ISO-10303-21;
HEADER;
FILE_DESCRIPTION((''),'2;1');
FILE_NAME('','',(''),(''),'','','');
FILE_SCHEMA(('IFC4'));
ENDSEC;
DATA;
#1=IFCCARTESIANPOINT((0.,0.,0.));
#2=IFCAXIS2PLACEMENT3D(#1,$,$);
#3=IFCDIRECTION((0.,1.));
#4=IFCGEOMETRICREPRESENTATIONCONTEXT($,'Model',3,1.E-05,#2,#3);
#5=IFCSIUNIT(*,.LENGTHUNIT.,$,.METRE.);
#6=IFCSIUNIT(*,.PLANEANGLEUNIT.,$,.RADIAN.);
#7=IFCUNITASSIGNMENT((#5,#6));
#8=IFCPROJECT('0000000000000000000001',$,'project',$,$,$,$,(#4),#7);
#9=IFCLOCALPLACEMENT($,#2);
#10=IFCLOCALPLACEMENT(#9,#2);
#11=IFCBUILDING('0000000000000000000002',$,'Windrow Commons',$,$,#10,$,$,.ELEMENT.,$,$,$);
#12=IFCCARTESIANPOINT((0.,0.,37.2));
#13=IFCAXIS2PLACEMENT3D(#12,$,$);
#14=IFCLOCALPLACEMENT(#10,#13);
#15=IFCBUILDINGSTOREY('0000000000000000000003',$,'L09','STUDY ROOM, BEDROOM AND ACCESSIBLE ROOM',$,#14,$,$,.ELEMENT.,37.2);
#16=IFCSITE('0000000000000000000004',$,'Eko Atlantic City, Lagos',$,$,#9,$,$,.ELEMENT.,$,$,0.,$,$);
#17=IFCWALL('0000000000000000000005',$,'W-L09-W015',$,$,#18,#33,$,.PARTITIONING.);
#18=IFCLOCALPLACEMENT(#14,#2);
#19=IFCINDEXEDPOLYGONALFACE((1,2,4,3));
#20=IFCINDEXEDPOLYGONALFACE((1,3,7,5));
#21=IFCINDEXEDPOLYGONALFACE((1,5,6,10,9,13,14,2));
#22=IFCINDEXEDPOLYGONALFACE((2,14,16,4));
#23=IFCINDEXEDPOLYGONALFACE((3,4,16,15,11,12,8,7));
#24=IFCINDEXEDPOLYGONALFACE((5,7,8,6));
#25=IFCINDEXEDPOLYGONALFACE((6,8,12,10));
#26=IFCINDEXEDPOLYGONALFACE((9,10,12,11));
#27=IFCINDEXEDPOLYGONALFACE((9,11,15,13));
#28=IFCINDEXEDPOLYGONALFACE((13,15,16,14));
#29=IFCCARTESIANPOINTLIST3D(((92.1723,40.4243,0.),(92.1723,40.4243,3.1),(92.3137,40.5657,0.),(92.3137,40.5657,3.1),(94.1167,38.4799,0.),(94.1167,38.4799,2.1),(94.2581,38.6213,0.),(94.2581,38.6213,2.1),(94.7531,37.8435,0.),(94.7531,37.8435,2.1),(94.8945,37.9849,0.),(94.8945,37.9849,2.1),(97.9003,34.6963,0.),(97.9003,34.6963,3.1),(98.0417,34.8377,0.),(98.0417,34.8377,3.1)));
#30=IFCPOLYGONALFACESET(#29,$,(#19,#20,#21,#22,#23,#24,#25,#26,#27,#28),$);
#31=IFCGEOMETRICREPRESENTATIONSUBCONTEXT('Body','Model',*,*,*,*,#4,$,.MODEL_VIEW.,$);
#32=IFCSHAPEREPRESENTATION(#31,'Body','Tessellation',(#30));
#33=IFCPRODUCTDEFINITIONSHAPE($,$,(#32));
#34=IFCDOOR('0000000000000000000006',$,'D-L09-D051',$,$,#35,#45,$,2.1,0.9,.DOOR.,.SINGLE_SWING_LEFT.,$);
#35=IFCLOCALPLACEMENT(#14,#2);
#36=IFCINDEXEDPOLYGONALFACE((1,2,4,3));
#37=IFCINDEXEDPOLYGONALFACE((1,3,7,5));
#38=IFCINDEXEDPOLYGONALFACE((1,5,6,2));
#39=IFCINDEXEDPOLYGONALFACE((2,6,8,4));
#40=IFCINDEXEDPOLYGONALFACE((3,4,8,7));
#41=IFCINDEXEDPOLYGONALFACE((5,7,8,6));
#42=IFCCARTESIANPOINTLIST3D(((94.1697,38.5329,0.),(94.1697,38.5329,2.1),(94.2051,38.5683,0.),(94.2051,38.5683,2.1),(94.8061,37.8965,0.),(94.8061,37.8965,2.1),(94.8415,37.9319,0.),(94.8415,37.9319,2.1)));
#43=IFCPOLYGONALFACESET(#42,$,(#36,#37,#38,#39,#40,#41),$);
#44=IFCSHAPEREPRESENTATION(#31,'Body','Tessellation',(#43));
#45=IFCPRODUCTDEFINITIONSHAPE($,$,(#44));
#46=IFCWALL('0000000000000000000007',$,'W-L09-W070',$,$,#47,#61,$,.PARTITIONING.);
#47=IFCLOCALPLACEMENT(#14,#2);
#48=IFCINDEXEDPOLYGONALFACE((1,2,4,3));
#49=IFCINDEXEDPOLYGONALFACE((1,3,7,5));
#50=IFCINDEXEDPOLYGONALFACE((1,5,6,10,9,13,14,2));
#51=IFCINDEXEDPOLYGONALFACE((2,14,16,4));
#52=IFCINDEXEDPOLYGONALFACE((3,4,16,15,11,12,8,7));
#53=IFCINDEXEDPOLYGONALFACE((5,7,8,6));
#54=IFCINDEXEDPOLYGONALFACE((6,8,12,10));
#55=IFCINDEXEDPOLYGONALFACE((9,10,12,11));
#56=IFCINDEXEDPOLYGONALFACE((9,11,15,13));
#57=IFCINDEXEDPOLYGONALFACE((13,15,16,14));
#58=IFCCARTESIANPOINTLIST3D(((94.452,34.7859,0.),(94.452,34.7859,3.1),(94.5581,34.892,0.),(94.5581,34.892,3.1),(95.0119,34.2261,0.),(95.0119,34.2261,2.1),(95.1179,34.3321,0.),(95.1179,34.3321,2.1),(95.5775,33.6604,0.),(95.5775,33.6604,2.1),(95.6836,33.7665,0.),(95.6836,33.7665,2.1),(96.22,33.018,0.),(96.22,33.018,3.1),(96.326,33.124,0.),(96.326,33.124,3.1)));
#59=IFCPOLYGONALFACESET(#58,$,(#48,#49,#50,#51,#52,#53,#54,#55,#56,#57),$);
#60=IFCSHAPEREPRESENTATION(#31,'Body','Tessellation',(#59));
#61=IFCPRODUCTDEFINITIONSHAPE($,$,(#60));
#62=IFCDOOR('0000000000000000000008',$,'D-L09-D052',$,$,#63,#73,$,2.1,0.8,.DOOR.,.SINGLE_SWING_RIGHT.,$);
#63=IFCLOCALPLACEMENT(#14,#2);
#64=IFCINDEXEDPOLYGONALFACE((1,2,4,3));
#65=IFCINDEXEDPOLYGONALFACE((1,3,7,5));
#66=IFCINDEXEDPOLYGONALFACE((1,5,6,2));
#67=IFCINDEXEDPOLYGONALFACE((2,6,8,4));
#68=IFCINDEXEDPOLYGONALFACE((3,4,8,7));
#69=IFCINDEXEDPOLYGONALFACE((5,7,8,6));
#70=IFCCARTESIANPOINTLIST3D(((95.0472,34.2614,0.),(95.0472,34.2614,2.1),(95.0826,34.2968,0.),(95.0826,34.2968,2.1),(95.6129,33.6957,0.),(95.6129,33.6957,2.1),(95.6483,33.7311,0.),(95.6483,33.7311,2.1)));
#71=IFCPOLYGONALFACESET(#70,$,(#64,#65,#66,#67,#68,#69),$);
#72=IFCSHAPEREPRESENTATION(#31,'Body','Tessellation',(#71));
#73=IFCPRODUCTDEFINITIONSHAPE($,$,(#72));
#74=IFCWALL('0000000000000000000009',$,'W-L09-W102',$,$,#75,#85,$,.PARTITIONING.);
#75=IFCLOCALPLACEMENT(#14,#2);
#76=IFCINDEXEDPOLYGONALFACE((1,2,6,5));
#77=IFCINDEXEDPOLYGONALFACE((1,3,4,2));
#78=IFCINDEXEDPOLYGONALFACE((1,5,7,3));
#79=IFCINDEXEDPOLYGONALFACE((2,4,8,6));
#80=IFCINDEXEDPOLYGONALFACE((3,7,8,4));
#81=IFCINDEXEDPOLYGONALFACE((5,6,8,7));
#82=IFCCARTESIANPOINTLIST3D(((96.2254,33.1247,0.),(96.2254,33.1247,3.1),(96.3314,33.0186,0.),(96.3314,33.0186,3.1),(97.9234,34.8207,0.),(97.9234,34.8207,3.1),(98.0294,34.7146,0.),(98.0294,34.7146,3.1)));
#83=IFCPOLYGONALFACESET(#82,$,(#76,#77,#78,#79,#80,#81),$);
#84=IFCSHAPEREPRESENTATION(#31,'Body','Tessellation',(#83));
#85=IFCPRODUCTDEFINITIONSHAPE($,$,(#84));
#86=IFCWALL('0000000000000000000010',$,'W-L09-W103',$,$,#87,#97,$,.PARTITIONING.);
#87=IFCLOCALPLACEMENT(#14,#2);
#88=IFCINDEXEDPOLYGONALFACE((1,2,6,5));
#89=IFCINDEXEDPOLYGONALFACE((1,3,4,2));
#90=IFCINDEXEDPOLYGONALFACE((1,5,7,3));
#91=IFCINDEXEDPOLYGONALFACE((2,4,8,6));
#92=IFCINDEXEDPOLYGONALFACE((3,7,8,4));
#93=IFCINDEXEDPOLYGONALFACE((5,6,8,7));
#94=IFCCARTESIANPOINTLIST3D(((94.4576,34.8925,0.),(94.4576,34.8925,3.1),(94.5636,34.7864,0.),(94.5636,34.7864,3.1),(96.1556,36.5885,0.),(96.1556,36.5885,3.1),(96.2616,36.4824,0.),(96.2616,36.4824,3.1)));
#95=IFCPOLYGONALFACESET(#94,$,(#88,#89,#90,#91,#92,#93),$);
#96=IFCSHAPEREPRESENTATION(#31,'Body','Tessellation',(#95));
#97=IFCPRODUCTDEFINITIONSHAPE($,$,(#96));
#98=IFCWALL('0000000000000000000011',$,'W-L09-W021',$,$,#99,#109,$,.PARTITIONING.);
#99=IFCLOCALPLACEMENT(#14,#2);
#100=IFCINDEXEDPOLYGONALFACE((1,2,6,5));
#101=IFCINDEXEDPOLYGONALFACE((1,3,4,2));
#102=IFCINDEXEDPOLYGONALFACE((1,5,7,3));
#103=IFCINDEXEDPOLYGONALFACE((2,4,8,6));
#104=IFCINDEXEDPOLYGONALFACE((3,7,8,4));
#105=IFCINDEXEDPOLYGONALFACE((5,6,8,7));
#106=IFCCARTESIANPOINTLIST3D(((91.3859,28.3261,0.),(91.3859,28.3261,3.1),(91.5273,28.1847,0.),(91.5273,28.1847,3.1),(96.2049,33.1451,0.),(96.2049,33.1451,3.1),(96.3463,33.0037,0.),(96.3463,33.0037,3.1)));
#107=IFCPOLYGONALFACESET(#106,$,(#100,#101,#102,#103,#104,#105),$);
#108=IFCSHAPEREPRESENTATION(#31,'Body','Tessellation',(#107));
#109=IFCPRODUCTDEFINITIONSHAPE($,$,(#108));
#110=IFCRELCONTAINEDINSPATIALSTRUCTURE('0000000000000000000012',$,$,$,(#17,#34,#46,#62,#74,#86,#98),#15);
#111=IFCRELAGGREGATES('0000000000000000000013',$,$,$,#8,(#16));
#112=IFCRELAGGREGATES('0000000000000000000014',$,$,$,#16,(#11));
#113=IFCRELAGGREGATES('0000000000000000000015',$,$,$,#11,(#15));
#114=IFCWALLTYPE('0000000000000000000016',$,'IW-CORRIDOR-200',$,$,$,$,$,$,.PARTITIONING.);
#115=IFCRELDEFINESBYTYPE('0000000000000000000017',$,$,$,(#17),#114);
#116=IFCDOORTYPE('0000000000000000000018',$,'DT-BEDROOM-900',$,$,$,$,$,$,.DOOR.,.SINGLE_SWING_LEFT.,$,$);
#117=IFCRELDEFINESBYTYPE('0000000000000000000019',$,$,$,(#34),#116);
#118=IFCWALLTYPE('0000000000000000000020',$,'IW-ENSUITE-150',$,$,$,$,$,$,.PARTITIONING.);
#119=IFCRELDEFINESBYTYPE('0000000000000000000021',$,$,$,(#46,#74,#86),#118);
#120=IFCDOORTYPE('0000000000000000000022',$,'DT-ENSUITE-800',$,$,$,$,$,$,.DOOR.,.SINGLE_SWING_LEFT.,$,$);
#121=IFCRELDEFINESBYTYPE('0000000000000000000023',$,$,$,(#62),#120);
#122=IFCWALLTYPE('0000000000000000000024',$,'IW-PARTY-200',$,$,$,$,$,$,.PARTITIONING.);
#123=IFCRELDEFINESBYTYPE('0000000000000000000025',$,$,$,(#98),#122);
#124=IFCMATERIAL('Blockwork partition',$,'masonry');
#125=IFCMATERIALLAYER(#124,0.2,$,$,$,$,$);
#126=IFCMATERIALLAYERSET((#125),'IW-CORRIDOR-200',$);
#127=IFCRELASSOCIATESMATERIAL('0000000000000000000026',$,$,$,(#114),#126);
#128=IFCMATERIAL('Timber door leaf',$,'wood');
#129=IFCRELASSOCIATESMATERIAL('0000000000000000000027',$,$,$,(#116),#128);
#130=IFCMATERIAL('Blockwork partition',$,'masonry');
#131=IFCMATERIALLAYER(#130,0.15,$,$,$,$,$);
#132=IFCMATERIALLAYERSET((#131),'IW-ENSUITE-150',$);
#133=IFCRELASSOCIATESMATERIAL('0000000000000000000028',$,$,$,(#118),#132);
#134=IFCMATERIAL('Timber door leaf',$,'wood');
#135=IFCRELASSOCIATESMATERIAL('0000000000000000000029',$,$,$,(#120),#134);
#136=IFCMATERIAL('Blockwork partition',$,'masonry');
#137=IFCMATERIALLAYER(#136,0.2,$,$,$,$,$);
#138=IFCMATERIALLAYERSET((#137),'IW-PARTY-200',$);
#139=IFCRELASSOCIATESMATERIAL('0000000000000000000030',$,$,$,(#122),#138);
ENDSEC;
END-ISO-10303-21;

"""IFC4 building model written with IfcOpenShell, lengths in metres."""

from ifc_helpers import new_model, si_unit, direction, frame, frame_2d, origin, place, context, subcontext, project, spatial, rectangle, extrude, material, layer, layer_set, type_object, element, fill, save


model = new_model("IFC4")

# Units and contexts
model_context = context("Model", 3, precision=1e-05, world=origin(), true_north=direction((0.0, 1.0)))
body_context = subcontext(model_context, "Body", "Model", "MODEL_VIEW")
ifc_project = project(units=[si_unit("LENGTHUNIT", "METRE"), si_unit("PLANEANGLEUNIT", "RADIAN")], contexts=[model_context])

# Site, building, storey
site_placement = place(None, origin())
site = spatial("IfcSite", under=ifc_project, at=site_placement, Name="Eko Atlantic City, Lagos", CompositionType="ELEMENT", RefElevation=0.0)
building_placement = place(site_placement, origin())
building = spatial("IfcBuilding", under=site, at=building_placement, Name="Windrow Commons", CompositionType="ELEMENT")
storey_placement = place(building_placement, frame((0.0, 0.0, 37.2)))
storey = spatial("IfcBuildingStorey", under=building, at=storey_placement, Name="L09", Description="STUDY ROOM, BEDROOM AND ACCESSIBLE ROOM", CompositionType="ELEMENT", Elevation=37.2)

# Walls, openings, doors
ifc_material_1 = material(Name="Blockwork partition", Category="masonry")
ifc_layer_1 = layer(ifc_material_1, 0.2)
ifc_layer_set_1 = layer_set([ifc_layer_1], Name="IW-CORRIDOR-200")
wall_type_1 = type_object("IfcWallType", Name="IW-CORRIDOR-200", PredefinedType="PARTITIONING", material=ifc_layer_set_1)
wall_1_placement = place(storey_placement, frame((92.243, 40.495, 0.0), z_axis=(0.0, 0.0, 1.0), x_axis=(0.707107, -0.707107, 0.0)))
wall_1 = element("IfcWall", 1, at=wall_1_placement, inside=storey, type_object=wall_type_1, Name="W-L09-W015", PredefinedType="PARTITIONING", context=body_context, shape_type="SweptSolid", body=[
    extrude(rectangle(XDim=8.1006, YDim=0.2, at=frame_2d((4.0503, 0.0))), origin(), (0.0, 0.0, 1.0), 3.1),
])
opening_1_placement = place(wall_1_placement, frame((2.7498, 0.0, 0.0)))
opening_1 = element("IfcOpeningElement", 2, at=opening_1_placement, cuts=wall_1, PredefinedType="OPENING", context=body_context, shape_type="SweptSolid", body=[
    extrude(rectangle(XDim=0.9, YDim=2.1, at=frame_2d((0.45, 1.05))), frame((0.0, 0.11, 0.0), z_axis=(0.0, -1.0, 0.0), x_axis=(1.0, 0.0, 0.0)), (0.0, 0.0, 1.0), 0.22),
])
ifc_material_2 = material(Name="Timber door leaf", Category="wood")
door_type_1 = type_object("IfcDoorType", Name="DT-BEDROOM-900", OperationType="SINGLE_SWING_LEFT", PredefinedType="DOOR", material=ifc_material_2)
door_1_placement = place(opening_1_placement, origin())
door_1 = element("IfcDoor", 3, at=door_1_placement, inside=storey, type_object=door_type_1, Name="D-L09-D051", OperationType="SINGLE_SWING_LEFT", OverallHeight=2.1, OverallWidth=0.9, PredefinedType="DOOR", context=body_context, shape_type="SweptSolid", body=[
    extrude(rectangle(XDim=0.9, YDim=2.1, at=frame_2d((0.45, 1.05))), frame((0.0, 0.025, 0.0), z_axis=(0.0, -1.0, 0.0), x_axis=(1.0, 0.0, 0.0)), (0.0, 0.0, 1.0), 0.05),
])
fill(opening_1, door_1)
ifc_material_3 = material(Name="Blockwork partition", Category="masonry")
ifc_layer_2 = layer(ifc_material_3, 0.15)
ifc_layer_set_2 = layer_set([ifc_layer_2], Name="IW-ENSUITE-150")
wall_type_2 = type_object("IfcWallType", Name="IW-ENSUITE-150", PredefinedType="PARTITIONING", material=ifc_layer_set_2)
wall_2_placement = place(storey_placement, frame((94.505, 34.839, 0.0), z_axis=(0.0, 0.0, 1.0), x_axis=(0.707107, -0.707107, 0.0)))
wall_2 = element("IfcWall", 4, at=wall_2_placement, inside=storey, type_object=wall_type_2, Name="W-L09-W070", PredefinedType="PARTITIONING", context=body_context, shape_type="SweptSolid", body=[
    extrude(rectangle(XDim=2.5003, YDim=0.15, at=frame_2d((1.2502, 0.0))), origin(), (0.0, 0.0, 1.0), 3.1),
])
opening_2_placement = place(wall_2_placement, frame((0.7918, 0.0, 0.0)))
opening_2 = element("IfcOpeningElement", 5, at=opening_2_placement, cuts=wall_2, PredefinedType="OPENING", context=body_context, shape_type="SweptSolid", body=[
    extrude(rectangle(XDim=0.8, YDim=2.1, at=frame_2d((0.4, 1.05))), frame((0.0, 0.085, 0.0), z_axis=(0.0, -1.0, 0.0), x_axis=(1.0, 0.0, 0.0)), (0.0, 0.0, 1.0), 0.17),
])
ifc_material_4 = material(Name="Timber door leaf", Category="wood")
door_type_2 = type_object("IfcDoorType", Name="DT-ENSUITE-800", OperationType="SINGLE_SWING_LEFT", PredefinedType="DOOR", material=ifc_material_4)
door_2_placement = place(opening_2_placement, origin())
door_2 = element("IfcDoor", 6, at=door_2_placement, inside=storey, type_object=door_type_2, Name="D-L09-D052", OperationType="SINGLE_SWING_RIGHT", OverallHeight=2.1, OverallWidth=0.8, PredefinedType="DOOR", context=body_context, shape_type="SweptSolid", body=[
    extrude(rectangle(XDim=0.8, YDim=2.1, at=frame_2d((0.4, 1.05))), frame((0.0, 0.025, 0.0), z_axis=(0.0, -1.0, 0.0), x_axis=(1.0, 0.0, 0.0)), (0.0, 0.0, 1.0), 0.05),
])
fill(opening_2, door_2)

# Walls
for number, where, z_axis, x_axis, name in (
    (7, (96.2784, 33.0716, 0.0), (0.0, 0.0, 1.0), (0.707523, 0.70669, 0.0), "W-L09-W102"),
    (8, (94.5106, 34.8394, 0.0), (0.0, 0.0, 1.0), (0.707523, 0.70669, 0.0), "W-L09-W103"),
):
    element("IfcWall", number, at=place(storey_placement, frame(where, z_axis=z_axis, x_axis=x_axis)), inside=storey, type_object=wall_type_2, Name=name, PredefinedType="PARTITIONING", context=body_context, shape_type="SweptSolid", body=[
        extrude(rectangle(XDim=2.3999, YDim=0.15, at=frame_2d((1.2, 0.0))), origin(), (0.0, 0.0, 1.0), 3.1),
    ])
ifc_material_5 = material(Name="Blockwork partition", Category="masonry")
ifc_layer_3 = layer(ifc_material_5, 0.2)
ifc_layer_set_3 = layer_set([ifc_layer_3], Name="IW-PARTY-200")
wall_type_3 = type_object("IfcWallType", Name="IW-PARTY-200", PredefinedType="PARTITIONING", material=ifc_layer_set_3)
wall_3_placement = place(storey_placement, frame((91.4566, 28.2554, 0.0), z_axis=(0.0, 0.0, 1.0), x_axis=(0.707107, 0.707107, 0.0)))
element("IfcWall", 9, at=wall_3_placement, inside=storey, type_object=wall_type_3, Name="W-L09-W021", PredefinedType="PARTITIONING", context=body_context, shape_type="SweptSolid", body=[
    extrude(rectangle(XDim=6.8151, YDim=0.2, at=frame_2d((3.4076, 0.0))), origin(), (0.0, 0.0, 1.0), 3.1),
])

save(model, "model.ifc")
